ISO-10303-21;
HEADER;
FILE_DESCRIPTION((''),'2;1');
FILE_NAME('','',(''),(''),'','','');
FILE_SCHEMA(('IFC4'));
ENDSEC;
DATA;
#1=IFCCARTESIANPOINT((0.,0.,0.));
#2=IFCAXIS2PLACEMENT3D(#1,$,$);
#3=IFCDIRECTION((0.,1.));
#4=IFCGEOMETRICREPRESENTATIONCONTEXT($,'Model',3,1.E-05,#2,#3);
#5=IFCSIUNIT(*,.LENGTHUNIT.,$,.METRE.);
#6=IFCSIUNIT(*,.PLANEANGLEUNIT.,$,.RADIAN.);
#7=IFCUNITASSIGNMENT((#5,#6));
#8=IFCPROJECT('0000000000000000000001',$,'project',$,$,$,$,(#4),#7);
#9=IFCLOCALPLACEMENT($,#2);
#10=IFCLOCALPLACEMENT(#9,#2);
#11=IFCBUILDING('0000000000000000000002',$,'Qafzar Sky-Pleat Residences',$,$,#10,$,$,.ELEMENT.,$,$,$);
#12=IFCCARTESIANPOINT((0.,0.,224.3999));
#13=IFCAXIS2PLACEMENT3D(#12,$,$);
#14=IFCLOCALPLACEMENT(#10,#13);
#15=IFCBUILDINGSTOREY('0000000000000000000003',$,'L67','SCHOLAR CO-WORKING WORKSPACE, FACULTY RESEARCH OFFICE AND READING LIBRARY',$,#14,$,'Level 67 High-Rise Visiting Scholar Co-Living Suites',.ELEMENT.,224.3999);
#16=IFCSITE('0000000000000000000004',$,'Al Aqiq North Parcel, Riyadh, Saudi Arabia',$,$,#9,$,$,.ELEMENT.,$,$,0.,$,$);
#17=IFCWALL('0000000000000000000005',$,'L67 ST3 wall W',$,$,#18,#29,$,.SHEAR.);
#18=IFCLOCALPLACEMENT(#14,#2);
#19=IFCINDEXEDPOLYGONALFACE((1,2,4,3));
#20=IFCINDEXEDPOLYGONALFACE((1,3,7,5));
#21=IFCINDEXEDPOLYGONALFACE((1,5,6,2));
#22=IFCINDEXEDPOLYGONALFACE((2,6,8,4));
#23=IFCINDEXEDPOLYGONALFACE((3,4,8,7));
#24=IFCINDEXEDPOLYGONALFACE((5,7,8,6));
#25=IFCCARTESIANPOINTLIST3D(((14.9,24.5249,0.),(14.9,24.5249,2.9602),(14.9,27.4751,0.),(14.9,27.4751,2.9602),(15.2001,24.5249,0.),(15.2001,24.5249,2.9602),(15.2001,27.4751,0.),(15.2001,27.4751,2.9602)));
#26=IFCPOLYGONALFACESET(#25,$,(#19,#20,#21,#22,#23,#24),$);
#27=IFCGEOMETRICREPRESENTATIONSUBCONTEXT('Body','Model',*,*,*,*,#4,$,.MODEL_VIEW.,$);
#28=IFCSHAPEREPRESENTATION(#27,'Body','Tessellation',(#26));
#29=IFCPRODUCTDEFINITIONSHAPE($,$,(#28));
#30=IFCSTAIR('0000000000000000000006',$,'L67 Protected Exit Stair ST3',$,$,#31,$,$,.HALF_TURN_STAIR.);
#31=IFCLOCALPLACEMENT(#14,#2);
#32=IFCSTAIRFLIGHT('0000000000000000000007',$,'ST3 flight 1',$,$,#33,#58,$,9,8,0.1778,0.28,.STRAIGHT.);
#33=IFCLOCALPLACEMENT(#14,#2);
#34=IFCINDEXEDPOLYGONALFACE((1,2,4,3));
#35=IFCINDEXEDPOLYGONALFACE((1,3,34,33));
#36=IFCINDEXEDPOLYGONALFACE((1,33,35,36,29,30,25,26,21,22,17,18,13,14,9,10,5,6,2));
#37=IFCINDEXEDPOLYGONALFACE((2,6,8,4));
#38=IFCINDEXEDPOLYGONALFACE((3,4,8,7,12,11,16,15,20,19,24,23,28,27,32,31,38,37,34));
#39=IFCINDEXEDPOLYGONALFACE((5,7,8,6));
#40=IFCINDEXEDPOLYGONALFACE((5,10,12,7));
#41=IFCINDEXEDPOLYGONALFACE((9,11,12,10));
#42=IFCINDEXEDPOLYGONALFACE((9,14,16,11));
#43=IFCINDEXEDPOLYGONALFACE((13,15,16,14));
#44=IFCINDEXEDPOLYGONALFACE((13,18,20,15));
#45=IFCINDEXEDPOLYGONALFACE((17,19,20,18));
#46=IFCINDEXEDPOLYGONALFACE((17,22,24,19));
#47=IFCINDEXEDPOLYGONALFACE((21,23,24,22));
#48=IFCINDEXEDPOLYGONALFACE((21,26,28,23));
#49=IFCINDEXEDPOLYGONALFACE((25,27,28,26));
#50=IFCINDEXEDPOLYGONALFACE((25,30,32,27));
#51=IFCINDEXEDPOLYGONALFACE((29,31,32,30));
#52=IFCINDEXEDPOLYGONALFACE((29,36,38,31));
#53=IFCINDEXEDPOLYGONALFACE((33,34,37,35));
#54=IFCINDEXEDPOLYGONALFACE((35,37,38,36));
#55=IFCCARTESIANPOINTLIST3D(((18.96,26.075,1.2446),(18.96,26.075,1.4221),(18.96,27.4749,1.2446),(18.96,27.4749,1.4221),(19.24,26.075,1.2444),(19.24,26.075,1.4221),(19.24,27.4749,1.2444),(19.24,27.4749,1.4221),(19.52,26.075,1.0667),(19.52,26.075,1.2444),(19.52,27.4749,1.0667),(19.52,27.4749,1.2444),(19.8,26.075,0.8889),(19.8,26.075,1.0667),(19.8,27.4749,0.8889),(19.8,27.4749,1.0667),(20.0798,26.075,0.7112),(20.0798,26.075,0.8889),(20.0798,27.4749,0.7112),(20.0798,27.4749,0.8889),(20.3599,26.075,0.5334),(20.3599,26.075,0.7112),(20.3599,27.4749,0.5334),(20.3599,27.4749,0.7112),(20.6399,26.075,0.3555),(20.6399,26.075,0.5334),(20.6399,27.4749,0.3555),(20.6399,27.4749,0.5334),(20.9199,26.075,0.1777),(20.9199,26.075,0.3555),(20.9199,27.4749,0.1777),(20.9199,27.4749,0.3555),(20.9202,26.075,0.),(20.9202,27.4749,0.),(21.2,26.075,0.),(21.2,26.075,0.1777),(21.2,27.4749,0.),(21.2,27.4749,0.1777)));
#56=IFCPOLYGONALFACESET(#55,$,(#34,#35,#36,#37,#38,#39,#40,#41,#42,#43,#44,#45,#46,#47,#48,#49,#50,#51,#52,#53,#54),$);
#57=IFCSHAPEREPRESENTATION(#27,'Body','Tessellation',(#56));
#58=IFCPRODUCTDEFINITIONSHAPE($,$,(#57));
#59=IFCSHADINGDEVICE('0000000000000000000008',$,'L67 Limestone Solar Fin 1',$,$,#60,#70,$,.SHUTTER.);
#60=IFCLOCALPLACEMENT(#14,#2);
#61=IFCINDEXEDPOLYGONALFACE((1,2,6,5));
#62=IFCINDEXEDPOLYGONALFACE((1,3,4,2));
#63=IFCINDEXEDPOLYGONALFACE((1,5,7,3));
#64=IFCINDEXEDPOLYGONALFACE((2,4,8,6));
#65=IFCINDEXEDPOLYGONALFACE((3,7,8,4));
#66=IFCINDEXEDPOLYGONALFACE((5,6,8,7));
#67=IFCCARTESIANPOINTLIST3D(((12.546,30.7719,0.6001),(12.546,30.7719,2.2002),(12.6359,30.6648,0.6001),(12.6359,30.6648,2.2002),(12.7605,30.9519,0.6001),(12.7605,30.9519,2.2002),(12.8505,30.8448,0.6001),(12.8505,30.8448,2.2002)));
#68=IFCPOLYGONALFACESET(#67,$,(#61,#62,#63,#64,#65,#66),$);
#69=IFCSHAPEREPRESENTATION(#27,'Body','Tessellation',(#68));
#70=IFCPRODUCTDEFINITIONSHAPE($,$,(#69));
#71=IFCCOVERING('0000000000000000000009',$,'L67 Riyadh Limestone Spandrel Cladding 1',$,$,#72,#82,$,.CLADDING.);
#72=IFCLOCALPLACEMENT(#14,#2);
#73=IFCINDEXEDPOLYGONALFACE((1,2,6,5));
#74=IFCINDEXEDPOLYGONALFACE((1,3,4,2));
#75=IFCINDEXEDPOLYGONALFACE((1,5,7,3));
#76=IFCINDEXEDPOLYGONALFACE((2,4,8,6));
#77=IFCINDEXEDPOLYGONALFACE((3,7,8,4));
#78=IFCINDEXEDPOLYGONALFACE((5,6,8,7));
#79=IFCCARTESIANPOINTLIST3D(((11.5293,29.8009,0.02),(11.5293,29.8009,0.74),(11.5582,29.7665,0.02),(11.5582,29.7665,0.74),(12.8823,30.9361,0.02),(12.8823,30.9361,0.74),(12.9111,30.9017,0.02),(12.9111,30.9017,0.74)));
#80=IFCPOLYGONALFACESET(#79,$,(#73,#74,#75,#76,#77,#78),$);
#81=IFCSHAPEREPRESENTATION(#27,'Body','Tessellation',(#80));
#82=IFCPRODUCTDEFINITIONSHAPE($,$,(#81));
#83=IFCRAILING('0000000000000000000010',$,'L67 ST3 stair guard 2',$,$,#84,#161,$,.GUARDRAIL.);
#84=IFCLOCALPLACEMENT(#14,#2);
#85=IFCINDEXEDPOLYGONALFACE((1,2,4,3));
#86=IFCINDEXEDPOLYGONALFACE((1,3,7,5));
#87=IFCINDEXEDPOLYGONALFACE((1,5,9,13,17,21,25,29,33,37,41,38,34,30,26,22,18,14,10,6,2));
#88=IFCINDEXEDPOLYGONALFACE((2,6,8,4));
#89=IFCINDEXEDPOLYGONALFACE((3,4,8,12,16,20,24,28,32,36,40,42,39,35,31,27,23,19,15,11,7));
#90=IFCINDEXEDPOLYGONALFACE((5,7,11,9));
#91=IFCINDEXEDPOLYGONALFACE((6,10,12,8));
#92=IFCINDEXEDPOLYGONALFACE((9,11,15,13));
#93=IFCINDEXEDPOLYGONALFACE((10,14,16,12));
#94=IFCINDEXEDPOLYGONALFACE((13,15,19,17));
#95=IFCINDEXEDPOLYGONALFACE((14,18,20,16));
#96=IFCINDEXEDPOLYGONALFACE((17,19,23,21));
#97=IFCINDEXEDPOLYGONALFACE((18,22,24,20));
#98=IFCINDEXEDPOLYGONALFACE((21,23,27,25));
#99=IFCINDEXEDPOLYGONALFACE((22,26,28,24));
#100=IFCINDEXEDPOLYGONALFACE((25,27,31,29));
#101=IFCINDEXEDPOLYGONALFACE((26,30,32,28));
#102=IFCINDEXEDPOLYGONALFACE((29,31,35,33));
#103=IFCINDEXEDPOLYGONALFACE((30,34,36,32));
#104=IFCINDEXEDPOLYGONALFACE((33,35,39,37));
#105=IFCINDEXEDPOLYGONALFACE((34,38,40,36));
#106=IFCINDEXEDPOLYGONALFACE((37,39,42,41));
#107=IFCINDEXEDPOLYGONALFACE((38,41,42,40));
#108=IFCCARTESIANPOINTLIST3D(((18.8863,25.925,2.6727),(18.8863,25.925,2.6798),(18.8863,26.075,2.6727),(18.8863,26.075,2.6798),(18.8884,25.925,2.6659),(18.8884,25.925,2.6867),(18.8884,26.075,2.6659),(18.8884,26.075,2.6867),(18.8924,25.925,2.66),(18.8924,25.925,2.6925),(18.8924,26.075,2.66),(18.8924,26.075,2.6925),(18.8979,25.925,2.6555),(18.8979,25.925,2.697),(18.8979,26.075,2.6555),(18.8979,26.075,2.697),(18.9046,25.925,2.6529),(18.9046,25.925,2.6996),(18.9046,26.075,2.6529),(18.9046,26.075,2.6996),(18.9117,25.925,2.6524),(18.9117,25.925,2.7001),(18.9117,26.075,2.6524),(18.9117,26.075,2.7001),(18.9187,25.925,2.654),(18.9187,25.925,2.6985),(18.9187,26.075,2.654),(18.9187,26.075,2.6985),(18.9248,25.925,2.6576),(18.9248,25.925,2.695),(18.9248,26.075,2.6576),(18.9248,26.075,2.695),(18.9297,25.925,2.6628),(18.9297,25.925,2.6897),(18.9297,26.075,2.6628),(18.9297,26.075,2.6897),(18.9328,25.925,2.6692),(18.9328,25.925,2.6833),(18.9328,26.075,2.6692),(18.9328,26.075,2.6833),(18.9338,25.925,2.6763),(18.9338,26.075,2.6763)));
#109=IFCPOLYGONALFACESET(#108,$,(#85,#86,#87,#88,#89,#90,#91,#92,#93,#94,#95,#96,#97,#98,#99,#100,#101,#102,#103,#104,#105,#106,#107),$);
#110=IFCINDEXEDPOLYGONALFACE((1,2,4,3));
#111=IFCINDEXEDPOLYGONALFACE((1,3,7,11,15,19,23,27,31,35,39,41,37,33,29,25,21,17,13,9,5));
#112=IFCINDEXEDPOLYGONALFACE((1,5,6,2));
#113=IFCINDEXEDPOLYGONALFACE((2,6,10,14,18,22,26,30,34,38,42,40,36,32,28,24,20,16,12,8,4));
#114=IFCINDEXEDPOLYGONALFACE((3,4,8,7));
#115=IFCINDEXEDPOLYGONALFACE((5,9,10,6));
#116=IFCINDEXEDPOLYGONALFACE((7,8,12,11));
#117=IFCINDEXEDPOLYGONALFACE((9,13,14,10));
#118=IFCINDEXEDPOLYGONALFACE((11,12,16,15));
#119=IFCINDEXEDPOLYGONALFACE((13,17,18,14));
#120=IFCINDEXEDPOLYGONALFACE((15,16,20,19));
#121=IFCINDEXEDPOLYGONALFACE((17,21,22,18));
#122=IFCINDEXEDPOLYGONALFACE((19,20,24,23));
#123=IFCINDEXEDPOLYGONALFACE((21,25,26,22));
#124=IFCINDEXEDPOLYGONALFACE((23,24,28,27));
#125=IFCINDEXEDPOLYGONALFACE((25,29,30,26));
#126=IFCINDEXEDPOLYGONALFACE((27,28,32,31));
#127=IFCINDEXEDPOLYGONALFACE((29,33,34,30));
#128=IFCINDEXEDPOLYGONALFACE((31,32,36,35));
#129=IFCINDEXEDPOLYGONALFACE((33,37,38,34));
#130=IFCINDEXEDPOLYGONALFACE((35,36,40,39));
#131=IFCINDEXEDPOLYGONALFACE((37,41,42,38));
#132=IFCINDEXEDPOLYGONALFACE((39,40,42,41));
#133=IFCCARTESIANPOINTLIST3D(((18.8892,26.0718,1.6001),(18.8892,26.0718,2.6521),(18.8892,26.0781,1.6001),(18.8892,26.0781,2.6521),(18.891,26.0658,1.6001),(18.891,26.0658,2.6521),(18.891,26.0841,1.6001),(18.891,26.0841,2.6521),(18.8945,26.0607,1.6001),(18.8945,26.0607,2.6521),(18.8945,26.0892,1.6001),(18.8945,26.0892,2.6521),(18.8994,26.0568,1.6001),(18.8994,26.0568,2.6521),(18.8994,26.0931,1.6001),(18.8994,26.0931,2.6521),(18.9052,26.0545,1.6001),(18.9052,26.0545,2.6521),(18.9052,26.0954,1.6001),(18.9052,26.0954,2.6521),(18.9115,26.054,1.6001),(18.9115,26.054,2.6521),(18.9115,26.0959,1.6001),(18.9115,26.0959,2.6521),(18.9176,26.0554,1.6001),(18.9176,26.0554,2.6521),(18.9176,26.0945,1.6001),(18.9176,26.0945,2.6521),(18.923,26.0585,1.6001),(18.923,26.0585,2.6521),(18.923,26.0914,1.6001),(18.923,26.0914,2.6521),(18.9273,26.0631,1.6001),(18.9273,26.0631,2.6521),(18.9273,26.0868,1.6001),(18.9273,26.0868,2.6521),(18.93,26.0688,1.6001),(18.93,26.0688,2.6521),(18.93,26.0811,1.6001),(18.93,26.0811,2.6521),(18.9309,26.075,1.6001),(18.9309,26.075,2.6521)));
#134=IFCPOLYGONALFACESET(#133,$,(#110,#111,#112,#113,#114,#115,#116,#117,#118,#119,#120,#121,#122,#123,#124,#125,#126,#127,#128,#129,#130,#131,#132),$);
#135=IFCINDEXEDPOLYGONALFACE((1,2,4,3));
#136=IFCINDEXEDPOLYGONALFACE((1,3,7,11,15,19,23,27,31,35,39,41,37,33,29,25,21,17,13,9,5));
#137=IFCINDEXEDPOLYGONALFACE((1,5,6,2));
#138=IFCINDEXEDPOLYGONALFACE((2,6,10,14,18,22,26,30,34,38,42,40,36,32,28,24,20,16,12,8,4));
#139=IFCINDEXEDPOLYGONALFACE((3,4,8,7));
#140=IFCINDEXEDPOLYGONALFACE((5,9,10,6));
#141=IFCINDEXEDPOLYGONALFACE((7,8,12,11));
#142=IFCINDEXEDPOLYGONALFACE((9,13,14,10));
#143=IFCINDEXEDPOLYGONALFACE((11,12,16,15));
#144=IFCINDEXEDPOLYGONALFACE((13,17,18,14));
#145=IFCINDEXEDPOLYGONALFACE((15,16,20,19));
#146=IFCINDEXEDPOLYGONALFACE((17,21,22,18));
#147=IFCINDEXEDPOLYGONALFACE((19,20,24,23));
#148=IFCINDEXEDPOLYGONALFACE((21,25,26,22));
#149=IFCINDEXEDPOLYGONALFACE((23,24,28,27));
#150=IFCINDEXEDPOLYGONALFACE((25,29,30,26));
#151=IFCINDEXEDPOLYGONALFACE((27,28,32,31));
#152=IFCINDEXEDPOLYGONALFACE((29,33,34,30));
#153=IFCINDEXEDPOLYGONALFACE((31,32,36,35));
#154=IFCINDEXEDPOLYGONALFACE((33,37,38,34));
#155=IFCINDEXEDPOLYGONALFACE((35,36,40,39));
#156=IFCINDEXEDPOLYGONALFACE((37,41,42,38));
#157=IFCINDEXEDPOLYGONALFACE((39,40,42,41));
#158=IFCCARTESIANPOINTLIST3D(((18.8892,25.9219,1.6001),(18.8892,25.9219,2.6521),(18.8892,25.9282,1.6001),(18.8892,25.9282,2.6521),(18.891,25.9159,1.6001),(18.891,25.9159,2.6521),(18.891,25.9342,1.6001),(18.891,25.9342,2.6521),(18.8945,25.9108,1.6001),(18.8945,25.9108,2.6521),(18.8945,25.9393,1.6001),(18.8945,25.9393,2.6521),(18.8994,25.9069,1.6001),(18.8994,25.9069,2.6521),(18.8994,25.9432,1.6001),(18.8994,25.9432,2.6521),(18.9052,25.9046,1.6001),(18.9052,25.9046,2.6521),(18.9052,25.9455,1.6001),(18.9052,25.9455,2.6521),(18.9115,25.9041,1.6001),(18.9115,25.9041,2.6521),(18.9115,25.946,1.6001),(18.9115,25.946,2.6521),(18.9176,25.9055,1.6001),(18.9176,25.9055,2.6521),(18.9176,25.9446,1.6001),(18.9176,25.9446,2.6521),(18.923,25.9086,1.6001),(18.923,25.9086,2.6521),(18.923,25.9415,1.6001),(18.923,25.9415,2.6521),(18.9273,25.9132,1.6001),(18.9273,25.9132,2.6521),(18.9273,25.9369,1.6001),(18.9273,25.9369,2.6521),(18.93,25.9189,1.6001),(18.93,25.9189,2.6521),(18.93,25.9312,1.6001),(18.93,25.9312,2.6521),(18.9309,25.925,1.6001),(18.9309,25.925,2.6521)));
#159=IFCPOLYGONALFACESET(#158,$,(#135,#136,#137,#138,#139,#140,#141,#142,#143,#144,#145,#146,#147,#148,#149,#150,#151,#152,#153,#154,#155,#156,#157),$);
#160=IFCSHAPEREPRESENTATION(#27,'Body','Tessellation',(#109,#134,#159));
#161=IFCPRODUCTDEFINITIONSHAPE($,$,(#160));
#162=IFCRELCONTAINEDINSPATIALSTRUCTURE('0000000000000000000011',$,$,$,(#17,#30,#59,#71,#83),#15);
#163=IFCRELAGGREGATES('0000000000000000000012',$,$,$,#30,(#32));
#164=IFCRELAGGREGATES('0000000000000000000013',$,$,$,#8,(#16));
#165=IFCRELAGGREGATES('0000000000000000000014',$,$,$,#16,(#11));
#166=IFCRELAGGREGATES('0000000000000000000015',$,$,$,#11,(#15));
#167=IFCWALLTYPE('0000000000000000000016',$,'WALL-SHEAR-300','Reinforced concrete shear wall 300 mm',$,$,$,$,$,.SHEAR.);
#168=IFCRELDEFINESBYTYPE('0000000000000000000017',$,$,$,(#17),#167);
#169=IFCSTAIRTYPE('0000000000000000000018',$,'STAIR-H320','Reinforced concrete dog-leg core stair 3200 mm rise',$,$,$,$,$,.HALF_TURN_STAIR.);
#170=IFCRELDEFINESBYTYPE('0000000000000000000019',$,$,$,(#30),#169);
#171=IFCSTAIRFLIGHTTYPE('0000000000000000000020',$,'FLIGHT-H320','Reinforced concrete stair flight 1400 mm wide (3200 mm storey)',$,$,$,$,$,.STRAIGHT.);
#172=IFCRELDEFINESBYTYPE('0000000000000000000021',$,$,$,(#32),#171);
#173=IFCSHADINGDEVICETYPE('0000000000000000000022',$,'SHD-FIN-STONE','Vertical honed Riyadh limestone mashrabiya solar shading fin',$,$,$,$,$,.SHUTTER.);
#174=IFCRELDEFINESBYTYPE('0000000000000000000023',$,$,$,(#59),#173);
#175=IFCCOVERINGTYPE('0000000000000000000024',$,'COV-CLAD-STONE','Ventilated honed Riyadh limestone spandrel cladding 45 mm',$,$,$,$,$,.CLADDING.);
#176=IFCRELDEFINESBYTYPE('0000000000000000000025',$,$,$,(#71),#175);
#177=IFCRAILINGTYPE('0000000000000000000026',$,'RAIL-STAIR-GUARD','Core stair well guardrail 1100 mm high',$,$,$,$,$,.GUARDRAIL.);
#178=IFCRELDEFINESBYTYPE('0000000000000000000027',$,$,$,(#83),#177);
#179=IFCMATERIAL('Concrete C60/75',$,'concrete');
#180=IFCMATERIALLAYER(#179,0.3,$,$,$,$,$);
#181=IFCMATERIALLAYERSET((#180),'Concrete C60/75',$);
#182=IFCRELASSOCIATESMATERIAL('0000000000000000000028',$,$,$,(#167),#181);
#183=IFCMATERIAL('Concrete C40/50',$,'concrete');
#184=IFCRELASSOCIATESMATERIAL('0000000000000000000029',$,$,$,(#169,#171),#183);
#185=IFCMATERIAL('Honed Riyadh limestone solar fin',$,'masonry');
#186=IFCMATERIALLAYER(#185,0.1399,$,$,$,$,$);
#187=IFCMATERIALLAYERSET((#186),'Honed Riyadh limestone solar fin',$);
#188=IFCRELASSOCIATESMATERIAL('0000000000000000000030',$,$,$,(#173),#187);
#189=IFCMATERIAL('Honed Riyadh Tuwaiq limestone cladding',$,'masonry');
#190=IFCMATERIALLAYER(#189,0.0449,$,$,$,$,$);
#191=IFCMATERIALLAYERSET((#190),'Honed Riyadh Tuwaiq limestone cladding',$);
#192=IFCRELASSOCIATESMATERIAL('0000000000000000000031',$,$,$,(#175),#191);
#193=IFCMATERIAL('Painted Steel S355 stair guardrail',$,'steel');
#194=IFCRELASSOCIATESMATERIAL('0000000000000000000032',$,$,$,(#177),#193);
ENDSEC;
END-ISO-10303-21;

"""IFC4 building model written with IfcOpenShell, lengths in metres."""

from ifc_helpers import new_model, si_unit, direction, frame, frame_2d, origin, origin_2d, place, context, subcontext, project, spatial, polyline, rectangle, circle, outline, extrude, source, transform, mapped, material, layer, layer_set, type_object, element, aggregate, save


model = new_model("IFC4")

# Units and contexts
model_context = context("Model", 3, precision=1e-05, world=origin(), true_north=direction((0.0, 1.0)))
body_context = subcontext(model_context, "Body", "Model", "MODEL_VIEW")
ifc_project = project(units=[si_unit("LENGTHUNIT", "METRE"), si_unit("PLANEANGLEUNIT", "RADIAN")], contexts=[model_context])

# Site, building, storey
site_placement = place(None, origin())
site = spatial("IfcSite", under=ifc_project, at=site_placement, Name="Al Aqiq North Parcel, Riyadh, Saudi Arabia", CompositionType="ELEMENT", RefElevation=0.0)
building_placement = place(site_placement, origin())
building = spatial("IfcBuilding", under=site, at=building_placement, Name="Qafzar Sky-Pleat Residences", CompositionType="ELEMENT")
storey_placement = place(building_placement, frame((0.0, 0.0, 224.3999)))
storey = spatial("IfcBuildingStorey", under=building, at=storey_placement, Name="L67", Description="SCHOLAR CO-WORKING WORKSPACE, FACULTY RESEARCH OFFICE AND READING LIBRARY", LongName="Level 67 High-Rise Visiting Scholar Co-Living Suites", CompositionType="ELEMENT", Elevation=224.3999)

# Wall
ifc_material_1 = material(Name="Concrete C60/75", Category="concrete")
ifc_layer_1 = layer(ifc_material_1, 0.3)
ifc_layer_set_1 = layer_set([ifc_layer_1], Name="Concrete C60/75")
wall_type_1 = type_object("IfcWallType", Name="WALL-SHEAR-300", Description="Reinforced concrete shear wall 300 mm", PredefinedType="SHEAR", material=ifc_layer_set_1)
wall_1_placement = place(storey_placement, frame((15.05, 27.4751, 0.0), z_axis=(0.0, 0.0, 1.0), x_axis=(0.0, -1.0, 0.0)))
element("IfcWall", 1, at=wall_1_placement, inside=storey, type_object=wall_type_1, Name="L67 ST3 wall W", PredefinedType="SHEAR", context=body_context, shape_type="SweptSolid", body=[
    extrude(rectangle(XDim=2.9502, YDim=0.3, at=frame_2d((1.4751, 0.0))), origin(), (0.0, 0.0, 1.0), 2.9602),
])

# Stair, stair flight
ifc_material_2 = material(Name="Concrete C40/50", Category="concrete")
stair_type = type_object("IfcStairType", Name="STAIR-H320", Description="Reinforced concrete dog-leg core stair 3200 mm rise", PredefinedType="HALF_TURN_STAIR", material=ifc_material_2)
stair_placement = place(storey_placement, origin())
stair = element("IfcStair", 2, at=stair_placement, inside=storey, type_object=stair_type, Name="L67 Protected Exit Stair ST3", PredefinedType="HALF_TURN_STAIR")
stair_flight_type = type_object("IfcStairFlightType", Name="FLIGHT-H320", Description="Reinforced concrete stair flight 1400 mm wide (3200 mm storey)", PredefinedType="STRAIGHT", material=ifc_material_2)
shared_shape_1 = source(origin(), body_context, "Body", "SweptSolid", [
    extrude(outline(polyline([(0.0, 0.0), (0.0, 0.1777), (0.28, 0.1777), (0.28, 0.3555), (0.5601, 0.3555), (0.5601, 0.5334), (0.8401, 0.5334), (0.8401, 0.7112), (1.1201, 0.7112), (1.1201, 0.8889), (1.3999, 0.8889), (1.3999, 1.0667), (1.6799, 1.0667), (1.6799, 1.2444), (1.96, 1.2444), (1.96, 1.4221), (2.24, 1.4221), (2.24, 1.6001), (2.24, 1.2446), (0.2798, 0.0), (0.0, 0.0)])), frame((0.0, 0.7, 0.0), z_axis=(0.0, -1.0, 0.0), x_axis=(1.0, 0.0, 0.0)), (0.0, 0.0, 1.0), 1.3999),
])
stair_flight_placement = place(storey_placement, frame((21.2, 26.7749, 0.0), z_axis=(0.0, 0.0, 1.0), x_axis=(-1.0, 0.0, 0.0)))
stair_flight = element("IfcStairFlight", 3, at=stair_flight_placement, type_object=stair_flight_type, Name="ST3 flight 1", NumberOfRisers=9, NumberOfTreads=8, PredefinedType="STRAIGHT", RiserHeight=0.1778, TreadLength=0.28, context=body_context, shape_type="MappedRepresentation", body=[
    mapped(shared_shape_1, transform((0.0, 0.0, 0.0), x_axis=(1.0, 0.0, 0.0), y_axis=(0.0, 1.0, 0.0), z_axis=(0.0, 0.0, 1.0), scale=1.0)),
])
aggregate(stair, [stair_flight])

# Shading device
ifc_material_3 = material(Name="Honed Riyadh limestone solar fin", Category="masonry")
ifc_layer_2 = layer(ifc_material_3, 0.1399)
ifc_layer_set_2 = layer_set([ifc_layer_2], Name="Honed Riyadh limestone solar fin")
shading_device_type = type_object("IfcShadingDeviceType", Name="SHD-FIN-STONE", Description="Vertical honed Riyadh limestone mashrabiya solar shading fin", PredefinedType="SHUTTER", material=ifc_layer_set_2)
shared_shape_2 = source(origin(), body_context, "Body", "SweptSolid", [
    extrude(rectangle(XDim=0.1399, YDim=0.28, at=origin_2d()), origin(), (0.0, 0.0, 1.0), 1.6001),
])
shading_device_placement = place(storey_placement, frame((12.6982, 30.8083, 0.6001), z_axis=(0.0, 0.0, 1.0), x_axis=(-0.642754, 0.766072, 0.0)))
element("IfcShadingDevice", 4, at=shading_device_placement, inside=storey, type_object=shading_device_type, Name="L67 Limestone Solar Fin 1", PredefinedType="SHUTTER", context=body_context, shape_type="MappedRepresentation", body=[
    mapped(shared_shape_2, transform((0.0, 0.0, 0.0), x_axis=(1.0, 0.0, 0.0), y_axis=(0.0, 1.0, 0.0), z_axis=(0.0, 0.0, 1.0), scale=1.0)),
])

# Covering
ifc_material_4 = material(Name="Honed Riyadh Tuwaiq limestone cladding", Category="masonry")
ifc_layer_3 = layer(ifc_material_4, 0.0449)
ifc_layer_set_3 = layer_set([ifc_layer_3], Name="Honed Riyadh Tuwaiq limestone cladding")
covering_type = type_object("IfcCoveringType", Name="COV-CLAD-STONE", Description="Ventilated honed Riyadh limestone spandrel cladding 45 mm", PredefinedType="CLADDING", material=ifc_layer_set_3)
shared_shape_3 = source(origin(), body_context, "Body", "SweptSolid", [
    extrude(rectangle(XDim=1.7661, YDim=0.0449, at=origin_2d()), origin(), (0.0, 0.0, 1.0), 0.72),
])
covering_placement = place(storey_placement, frame((12.2202, 30.3513, 0.02), z_axis=(0.0, 0.0, 1.0), x_axis=(-0.766074, -0.642752, 0.0)))
element("IfcCovering", 5, at=covering_placement, inside=storey, type_object=covering_type, Name="L67 Riyadh Limestone Spandrel Cladding 1", PredefinedType="CLADDING", context=body_context, shape_type="MappedRepresentation", body=[
    mapped(shared_shape_3, transform((0.0, 0.0, 0.0), x_axis=(1.0, 0.0, 0.0), y_axis=(0.0, 1.0, 0.0), z_axis=(0.0, 0.0, 1.0), scale=1.0)),
])

# Railing
ifc_material_5 = material(Name="Painted Steel S355 stair guardrail", Category="steel")
railing_type_1 = type_object("IfcRailingType", Name="RAIL-STAIR-GUARD", Description="Core stair well guardrail 1100 mm high", PredefinedType="GUARDRAIL", material=ifc_material_5)
shared_shape_4 = source(origin(), body_context, "Body", "SweptSolid", [
    extrude(circle(Radius=0.0239, at=origin_2d()), frame((0.0, 0.0, 1.0762), z_axis=(0.0, -1.0, 0.0), x_axis=(1.0, 0.0, 0.0)), (0.0, 0.0, 1.0), 0.1499),
    extrude(circle(Radius=0.021, at=origin_2d()), origin(), (0.0, 0.0, 1.0), 1.052),
    extrude(circle(Radius=0.021, at=origin_2d()), frame((0.0, -0.1499, 0.0)), (0.0, 0.0, 1.0), 1.052),
])
railing_1_placement = place(storey_placement, frame((18.9099, 26.075, 1.6001)))
element("IfcRailing", 6, at=railing_1_placement, inside=storey, type_object=railing_type_1, Name="L67 ST3 stair guard 2", PredefinedType="GUARDRAIL", context=body_context, shape_type="MappedRepresentation", body=[
    mapped(shared_shape_4, transform((0.0, 0.0, 0.0), x_axis=(1.0, 0.0, 0.0), y_axis=(0.0, 1.0, 0.0), z_axis=(0.0, 0.0, 1.0), scale=1.0)),
])

save(model, "model.ifc")
